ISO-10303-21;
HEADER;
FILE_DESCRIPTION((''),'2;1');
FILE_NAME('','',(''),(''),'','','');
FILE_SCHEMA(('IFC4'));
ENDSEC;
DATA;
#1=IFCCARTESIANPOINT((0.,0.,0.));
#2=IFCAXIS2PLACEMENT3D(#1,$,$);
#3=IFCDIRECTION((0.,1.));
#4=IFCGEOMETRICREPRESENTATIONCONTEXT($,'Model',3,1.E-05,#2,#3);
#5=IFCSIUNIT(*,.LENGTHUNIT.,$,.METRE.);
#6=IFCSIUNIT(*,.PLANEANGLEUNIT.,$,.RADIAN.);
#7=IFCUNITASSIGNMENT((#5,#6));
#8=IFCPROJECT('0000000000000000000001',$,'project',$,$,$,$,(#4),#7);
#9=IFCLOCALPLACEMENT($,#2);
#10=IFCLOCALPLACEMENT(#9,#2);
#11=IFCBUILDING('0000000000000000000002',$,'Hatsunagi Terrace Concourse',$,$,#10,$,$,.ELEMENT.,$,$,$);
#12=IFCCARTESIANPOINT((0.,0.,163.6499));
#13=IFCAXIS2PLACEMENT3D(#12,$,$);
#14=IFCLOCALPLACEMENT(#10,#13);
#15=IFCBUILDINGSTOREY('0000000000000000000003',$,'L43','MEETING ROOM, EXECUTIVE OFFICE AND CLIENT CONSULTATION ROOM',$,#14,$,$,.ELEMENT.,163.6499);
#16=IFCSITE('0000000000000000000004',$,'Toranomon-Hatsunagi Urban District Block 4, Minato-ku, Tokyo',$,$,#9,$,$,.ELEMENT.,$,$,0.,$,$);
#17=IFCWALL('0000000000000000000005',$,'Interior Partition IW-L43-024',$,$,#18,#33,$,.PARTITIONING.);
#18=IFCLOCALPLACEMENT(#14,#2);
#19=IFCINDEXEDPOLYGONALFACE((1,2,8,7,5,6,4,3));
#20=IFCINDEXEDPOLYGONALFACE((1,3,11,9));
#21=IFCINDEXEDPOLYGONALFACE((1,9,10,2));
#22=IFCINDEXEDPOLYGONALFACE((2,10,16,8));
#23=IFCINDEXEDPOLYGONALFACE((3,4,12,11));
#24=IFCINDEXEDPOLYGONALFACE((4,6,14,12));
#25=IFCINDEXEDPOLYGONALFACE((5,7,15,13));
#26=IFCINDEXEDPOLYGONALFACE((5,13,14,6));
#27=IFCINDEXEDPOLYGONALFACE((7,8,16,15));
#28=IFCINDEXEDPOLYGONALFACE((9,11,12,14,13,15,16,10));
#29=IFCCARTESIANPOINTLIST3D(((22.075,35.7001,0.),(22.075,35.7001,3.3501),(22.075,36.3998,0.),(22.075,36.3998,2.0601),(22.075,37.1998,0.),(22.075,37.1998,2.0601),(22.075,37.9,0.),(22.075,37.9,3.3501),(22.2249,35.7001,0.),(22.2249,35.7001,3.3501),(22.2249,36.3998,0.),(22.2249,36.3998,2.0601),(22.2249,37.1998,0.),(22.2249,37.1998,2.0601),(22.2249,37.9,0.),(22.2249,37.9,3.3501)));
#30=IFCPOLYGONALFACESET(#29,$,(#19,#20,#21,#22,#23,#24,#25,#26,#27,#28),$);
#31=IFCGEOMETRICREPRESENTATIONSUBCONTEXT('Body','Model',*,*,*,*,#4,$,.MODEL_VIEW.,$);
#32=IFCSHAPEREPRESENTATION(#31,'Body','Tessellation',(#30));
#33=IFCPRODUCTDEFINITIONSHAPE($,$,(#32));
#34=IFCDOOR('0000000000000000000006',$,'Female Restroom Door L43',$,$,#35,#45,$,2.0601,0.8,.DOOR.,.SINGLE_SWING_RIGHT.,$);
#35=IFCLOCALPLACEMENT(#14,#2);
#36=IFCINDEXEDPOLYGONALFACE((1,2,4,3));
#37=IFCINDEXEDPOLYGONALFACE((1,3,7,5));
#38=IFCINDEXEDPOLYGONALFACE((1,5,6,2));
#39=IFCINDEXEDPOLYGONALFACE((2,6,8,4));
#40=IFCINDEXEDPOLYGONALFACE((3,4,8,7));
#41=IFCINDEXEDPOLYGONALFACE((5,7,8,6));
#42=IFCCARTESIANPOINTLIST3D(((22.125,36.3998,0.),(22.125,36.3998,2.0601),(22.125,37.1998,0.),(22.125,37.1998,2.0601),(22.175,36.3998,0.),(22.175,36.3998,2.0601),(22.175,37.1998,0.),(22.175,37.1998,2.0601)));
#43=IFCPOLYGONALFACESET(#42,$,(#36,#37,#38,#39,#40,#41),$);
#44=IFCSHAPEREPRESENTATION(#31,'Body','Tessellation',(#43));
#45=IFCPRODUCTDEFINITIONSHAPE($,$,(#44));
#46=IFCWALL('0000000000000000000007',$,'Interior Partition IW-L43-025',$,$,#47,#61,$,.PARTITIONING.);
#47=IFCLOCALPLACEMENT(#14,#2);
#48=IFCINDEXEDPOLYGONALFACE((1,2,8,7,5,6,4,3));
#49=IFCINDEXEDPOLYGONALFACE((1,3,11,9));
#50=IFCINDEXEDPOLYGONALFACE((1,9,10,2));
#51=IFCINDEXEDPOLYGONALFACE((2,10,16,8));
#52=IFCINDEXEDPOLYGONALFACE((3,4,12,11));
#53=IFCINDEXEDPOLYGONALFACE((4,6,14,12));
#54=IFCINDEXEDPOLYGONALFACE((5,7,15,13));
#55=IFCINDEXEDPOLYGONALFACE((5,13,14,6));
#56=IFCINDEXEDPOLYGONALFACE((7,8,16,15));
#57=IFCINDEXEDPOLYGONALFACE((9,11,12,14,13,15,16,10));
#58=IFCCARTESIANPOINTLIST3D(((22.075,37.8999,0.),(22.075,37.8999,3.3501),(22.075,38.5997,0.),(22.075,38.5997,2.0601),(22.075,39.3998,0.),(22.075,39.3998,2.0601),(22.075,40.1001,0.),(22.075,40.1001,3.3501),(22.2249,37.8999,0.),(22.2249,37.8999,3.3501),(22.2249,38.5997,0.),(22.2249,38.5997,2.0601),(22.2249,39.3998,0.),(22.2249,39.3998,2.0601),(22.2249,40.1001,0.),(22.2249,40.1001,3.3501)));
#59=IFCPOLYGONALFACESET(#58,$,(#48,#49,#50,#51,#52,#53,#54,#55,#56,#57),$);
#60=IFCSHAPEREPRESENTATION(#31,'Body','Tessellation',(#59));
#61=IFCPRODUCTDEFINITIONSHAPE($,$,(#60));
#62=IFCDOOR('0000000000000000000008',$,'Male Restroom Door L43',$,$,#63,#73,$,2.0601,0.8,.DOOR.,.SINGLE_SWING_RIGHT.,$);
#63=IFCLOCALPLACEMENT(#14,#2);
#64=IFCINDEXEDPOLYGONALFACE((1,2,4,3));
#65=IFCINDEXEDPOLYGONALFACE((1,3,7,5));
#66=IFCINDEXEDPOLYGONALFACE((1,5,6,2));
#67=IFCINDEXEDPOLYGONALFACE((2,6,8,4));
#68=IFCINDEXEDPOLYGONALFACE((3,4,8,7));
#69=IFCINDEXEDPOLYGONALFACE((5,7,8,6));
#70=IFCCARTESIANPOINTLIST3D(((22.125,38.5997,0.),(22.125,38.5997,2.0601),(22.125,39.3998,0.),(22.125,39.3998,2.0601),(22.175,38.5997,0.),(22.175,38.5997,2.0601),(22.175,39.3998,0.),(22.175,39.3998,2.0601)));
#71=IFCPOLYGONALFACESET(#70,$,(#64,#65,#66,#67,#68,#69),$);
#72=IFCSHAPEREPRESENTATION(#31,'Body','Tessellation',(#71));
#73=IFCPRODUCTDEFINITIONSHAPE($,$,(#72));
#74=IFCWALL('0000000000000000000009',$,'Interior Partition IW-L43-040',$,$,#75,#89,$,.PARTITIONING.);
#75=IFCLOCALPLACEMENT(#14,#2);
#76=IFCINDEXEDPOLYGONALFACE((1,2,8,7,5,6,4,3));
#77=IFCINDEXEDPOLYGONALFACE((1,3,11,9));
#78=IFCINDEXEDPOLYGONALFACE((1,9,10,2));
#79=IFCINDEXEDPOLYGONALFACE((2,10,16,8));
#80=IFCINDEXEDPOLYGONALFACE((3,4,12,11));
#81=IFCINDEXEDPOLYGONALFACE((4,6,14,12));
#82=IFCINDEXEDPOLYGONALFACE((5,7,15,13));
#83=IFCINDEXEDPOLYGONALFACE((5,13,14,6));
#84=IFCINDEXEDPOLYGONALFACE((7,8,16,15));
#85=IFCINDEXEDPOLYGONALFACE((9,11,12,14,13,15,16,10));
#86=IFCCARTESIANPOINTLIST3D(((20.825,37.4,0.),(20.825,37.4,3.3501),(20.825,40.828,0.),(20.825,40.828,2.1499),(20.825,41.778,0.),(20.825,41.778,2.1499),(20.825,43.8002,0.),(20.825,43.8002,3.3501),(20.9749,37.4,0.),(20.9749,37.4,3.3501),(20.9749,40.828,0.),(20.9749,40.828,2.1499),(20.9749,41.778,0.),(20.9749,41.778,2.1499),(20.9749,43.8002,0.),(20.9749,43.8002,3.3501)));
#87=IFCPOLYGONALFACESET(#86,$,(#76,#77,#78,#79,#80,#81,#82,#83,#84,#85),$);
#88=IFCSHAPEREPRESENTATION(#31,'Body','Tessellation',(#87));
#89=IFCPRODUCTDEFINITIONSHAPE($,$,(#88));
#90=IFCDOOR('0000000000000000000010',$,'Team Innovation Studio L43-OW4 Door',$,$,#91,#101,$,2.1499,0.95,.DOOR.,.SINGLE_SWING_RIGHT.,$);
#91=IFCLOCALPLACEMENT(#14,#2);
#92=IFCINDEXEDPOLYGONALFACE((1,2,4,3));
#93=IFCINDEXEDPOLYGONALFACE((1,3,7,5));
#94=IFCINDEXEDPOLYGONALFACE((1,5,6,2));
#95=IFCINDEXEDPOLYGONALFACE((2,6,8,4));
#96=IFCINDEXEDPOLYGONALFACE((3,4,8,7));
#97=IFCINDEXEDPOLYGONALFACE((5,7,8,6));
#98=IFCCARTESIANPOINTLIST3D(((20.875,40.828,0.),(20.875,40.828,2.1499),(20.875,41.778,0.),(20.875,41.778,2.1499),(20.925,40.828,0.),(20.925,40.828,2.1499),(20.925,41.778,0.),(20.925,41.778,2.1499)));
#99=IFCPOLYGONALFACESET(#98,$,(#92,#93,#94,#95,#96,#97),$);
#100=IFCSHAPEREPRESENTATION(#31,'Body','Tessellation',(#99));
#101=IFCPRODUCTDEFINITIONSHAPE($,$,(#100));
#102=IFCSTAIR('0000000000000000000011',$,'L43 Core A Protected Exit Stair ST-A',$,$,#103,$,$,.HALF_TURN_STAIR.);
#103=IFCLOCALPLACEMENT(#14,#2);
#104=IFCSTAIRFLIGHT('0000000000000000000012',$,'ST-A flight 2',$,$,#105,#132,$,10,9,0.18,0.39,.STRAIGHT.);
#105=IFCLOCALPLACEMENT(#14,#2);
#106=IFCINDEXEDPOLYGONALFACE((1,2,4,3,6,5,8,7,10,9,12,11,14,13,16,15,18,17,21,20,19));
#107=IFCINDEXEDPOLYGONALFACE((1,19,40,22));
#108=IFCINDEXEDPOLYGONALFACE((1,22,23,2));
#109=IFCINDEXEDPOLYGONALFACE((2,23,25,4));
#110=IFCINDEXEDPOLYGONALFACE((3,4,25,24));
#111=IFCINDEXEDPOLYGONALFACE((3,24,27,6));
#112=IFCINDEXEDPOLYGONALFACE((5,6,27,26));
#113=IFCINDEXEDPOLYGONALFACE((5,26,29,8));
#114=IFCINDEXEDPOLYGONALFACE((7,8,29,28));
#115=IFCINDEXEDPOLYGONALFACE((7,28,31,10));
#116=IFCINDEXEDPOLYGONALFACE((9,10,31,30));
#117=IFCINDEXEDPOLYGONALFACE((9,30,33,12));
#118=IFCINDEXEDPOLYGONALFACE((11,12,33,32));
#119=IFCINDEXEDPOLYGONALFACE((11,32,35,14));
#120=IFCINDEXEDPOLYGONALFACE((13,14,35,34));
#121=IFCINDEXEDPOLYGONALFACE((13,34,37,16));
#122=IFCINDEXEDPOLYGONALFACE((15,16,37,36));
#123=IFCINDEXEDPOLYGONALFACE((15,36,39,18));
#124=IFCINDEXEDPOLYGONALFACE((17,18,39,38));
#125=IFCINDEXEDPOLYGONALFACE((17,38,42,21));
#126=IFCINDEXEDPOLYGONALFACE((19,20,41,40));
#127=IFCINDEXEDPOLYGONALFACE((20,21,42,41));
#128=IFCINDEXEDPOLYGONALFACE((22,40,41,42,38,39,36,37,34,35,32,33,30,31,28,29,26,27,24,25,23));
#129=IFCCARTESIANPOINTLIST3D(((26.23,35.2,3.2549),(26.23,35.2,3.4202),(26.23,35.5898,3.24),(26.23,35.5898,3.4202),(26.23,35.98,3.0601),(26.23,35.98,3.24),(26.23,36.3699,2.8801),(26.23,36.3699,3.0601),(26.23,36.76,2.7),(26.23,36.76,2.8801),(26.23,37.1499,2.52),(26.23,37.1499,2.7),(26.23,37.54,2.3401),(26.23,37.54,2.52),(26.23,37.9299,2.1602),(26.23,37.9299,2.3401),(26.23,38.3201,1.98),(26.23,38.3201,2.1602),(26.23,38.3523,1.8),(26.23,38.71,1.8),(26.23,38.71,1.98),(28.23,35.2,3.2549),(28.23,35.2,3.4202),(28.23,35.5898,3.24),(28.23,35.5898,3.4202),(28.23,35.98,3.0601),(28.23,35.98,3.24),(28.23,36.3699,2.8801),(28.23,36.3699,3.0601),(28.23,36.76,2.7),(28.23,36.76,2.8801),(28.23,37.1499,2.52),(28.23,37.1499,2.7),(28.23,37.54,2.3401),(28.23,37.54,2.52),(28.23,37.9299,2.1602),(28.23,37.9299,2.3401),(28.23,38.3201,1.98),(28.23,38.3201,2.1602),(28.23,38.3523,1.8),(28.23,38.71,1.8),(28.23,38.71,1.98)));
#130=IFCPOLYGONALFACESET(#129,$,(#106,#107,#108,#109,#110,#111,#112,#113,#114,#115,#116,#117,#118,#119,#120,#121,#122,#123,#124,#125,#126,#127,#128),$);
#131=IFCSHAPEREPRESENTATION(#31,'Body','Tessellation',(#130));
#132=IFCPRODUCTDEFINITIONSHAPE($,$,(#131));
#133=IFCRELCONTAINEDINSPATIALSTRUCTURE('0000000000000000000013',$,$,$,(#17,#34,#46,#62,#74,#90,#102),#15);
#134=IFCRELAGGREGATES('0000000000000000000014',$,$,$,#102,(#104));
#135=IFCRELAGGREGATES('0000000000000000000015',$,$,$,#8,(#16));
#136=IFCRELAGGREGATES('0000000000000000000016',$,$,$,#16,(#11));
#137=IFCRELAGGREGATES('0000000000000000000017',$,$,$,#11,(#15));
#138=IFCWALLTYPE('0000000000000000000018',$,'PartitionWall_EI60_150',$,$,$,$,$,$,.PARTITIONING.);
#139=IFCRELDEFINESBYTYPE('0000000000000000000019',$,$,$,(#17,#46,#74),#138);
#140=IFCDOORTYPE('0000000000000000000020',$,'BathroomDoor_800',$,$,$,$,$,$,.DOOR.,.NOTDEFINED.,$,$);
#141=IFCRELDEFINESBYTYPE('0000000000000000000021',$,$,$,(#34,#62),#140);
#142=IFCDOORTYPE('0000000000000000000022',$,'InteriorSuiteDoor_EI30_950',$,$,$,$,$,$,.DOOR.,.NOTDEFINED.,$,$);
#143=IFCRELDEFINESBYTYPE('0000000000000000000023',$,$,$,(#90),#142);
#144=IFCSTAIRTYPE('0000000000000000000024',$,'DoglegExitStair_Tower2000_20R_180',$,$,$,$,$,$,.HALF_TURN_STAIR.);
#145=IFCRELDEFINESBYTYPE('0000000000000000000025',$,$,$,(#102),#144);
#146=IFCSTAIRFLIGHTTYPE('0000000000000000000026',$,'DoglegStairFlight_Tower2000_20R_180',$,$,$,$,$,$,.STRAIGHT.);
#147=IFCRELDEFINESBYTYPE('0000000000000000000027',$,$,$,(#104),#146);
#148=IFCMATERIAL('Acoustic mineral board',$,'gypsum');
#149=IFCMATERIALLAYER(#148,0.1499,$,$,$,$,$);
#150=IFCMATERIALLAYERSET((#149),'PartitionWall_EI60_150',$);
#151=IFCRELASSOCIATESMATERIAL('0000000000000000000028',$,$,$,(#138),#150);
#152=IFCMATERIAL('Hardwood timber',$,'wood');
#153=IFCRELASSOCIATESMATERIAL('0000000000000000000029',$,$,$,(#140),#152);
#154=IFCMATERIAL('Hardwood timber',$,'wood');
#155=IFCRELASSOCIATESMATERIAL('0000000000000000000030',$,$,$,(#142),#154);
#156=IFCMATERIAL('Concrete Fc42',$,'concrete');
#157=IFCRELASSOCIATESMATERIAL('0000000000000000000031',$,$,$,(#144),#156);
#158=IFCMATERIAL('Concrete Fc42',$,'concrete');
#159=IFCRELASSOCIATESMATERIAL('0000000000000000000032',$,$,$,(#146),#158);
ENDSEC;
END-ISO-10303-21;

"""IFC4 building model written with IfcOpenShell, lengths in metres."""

from ifc_helpers import new_model, si_unit, direction, frame, frame_2d, origin, place, context, subcontext, project, spatial, polyline, rectangle, outline, extrude, material, layer, layer_set, type_object, element, fill, aggregate, save


model = new_model("IFC4")

# Units and contexts
model_context = context("Model", 3, precision=1e-05, world=origin(), true_north=direction((0.0, 1.0)))
body_context = subcontext(model_context, "Body", "Model", "MODEL_VIEW")
ifc_project = project(units=[si_unit("LENGTHUNIT", "METRE"), si_unit("PLANEANGLEUNIT", "RADIAN")], contexts=[model_context])

# Site, building, storey
site_placement = place(None, origin())
site = spatial("IfcSite", under=ifc_project, at=site_placement, Name="Toranomon-Hatsunagi Urban District Block 4, Minato-ku, Tokyo", CompositionType="ELEMENT", RefElevation=0.0)
building_placement = place(site_placement, origin())
building = spatial("IfcBuilding", under=site, at=building_placement, Name="Hatsunagi Terrace Concourse", CompositionType="ELEMENT")
storey_placement = place(building_placement, frame((0.0, 0.0, 163.6499)))
storey = spatial("IfcBuildingStorey", under=building, at=storey_placement, Name="L43", Description="MEETING ROOM, EXECUTIVE OFFICE AND CLIENT CONSULTATION ROOM", CompositionType="ELEMENT", Elevation=163.6499)

# Shared definitions
ifc_material_1 = material(Name="Acoustic mineral board", Category="gypsum")
ifc_layer_1 = layer(ifc_material_1, 0.1499)
ifc_layer_set_1 = layer_set([ifc_layer_1], Name="PartitionWall_EI60_150")
wall_type_1 = type_object("IfcWallType", Name="PartitionWall_EI60_150", PredefinedType="PARTITIONING", material=ifc_layer_set_1)

# Walls, openings, doors
ifc_material_2 = material(Name="Hardwood timber", Category="wood")
door_type_1 = type_object("IfcDoorType", Name="BathroomDoor_800", OperationType="NOTDEFINED", PredefinedType="DOOR", material=ifc_material_2)
wall_1_placement = place(storey_placement, frame((22.1499, 35.7, 0.0), z_axis=(0.0, 0.0, 1.0), x_axis=(0.0, 1.0, 0.0)))
wall_1 = element("IfcWall", 1, at=wall_1_placement, inside=storey, type_object=wall_type_1, Name="Interior Partition IW-L43-024", PredefinedType="PARTITIONING", context=body_context, shape_type="SweptSolid", body=[
    extrude(rectangle(XDim=2.2, YDim=0.1499, at=frame_2d((1.1001, 0.0))), origin(), (0.0, 0.0, 1.0), 3.3501),
])
opening_1_placement = place(wall_1_placement, frame((0.7, 0.0, 0.0)))
opening_1 = element("IfcOpeningElement", 2, at=opening_1_placement, cuts=wall_1, PredefinedType="OPENING", context=body_context, shape_type="SweptSolid", body=[
    extrude(rectangle(XDim=0.8, YDim=2.0601, at=frame_2d((0.3999, 1.03))), frame((0.0, 0.085, 0.0), z_axis=(0.0, -1.0, 0.0), x_axis=(1.0, 0.0, 0.0)), (0.0, 0.0, 1.0), 0.1699),
])
door_1_placement = place(opening_1_placement, origin())
door_1 = element("IfcDoor", 3, at=door_1_placement, inside=storey, type_object=door_type_1, Name="Female Restroom Door L43", OperationType="SINGLE_SWING_RIGHT", OverallHeight=2.0601, OverallWidth=0.8, PredefinedType="DOOR", context=body_context, shape_type="SweptSolid", body=[
    extrude(rectangle(XDim=0.8, YDim=2.0601, at=frame_2d((0.3999, 1.03))), frame((0.0, 0.0249, 0.0), z_axis=(0.0, -1.0, 0.0), x_axis=(1.0, 0.0, 0.0)), (0.0, 0.0, 1.0), 0.05),
])
fill(opening_1, door_1)
wall_2_placement = place(storey_placement, frame((22.1499, 37.8999, 0.0), z_axis=(0.0, 0.0, 1.0), x_axis=(0.0, 1.0, 0.0)))
wall_2 = element("IfcWall", 4, at=wall_2_placement, inside=storey, type_object=wall_type_1, Name="Interior Partition IW-L43-025", PredefinedType="PARTITIONING", context=body_context, shape_type="SweptSolid", body=[
    extrude(rectangle(XDim=2.2002, YDim=0.1499, at=frame_2d((1.1001, 0.0))), origin(), (0.0, 0.0, 1.0), 3.3501),
])
opening_2_placement = place(wall_2_placement, frame((0.7, 0.0, 0.0)))
opening_2 = element("IfcOpeningElement", 5, at=opening_2_placement, cuts=wall_2, PredefinedType="OPENING", context=body_context, shape_type="SweptSolid", body=[
    extrude(rectangle(XDim=0.8, YDim=2.0601, at=frame_2d((0.3999, 1.03))), frame((0.0, 0.085, 0.0), z_axis=(0.0, -1.0, 0.0), x_axis=(1.0, 0.0, 0.0)), (0.0, 0.0, 1.0), 0.1699),
])
door_2_placement = place(opening_2_placement, origin())
door_2 = element("IfcDoor", 6, at=door_2_placement, inside=storey, type_object=door_type_1, Name="Male Restroom Door L43", OperationType="SINGLE_SWING_RIGHT", OverallHeight=2.0601, OverallWidth=0.8, PredefinedType="DOOR", context=body_context, shape_type="SweptSolid", body=[
    extrude(rectangle(XDim=0.8, YDim=2.0601, at=frame_2d((0.3999, 1.03))), frame((0.0, 0.0249, 0.0), z_axis=(0.0, -1.0, 0.0), x_axis=(1.0, 0.0, 0.0)), (0.0, 0.0, 1.0), 0.05),
])
fill(opening_2, door_2)
wall_3_placement = place(storey_placement, frame((20.8999, 37.3999, 0.0), z_axis=(0.0, 0.0, 1.0), x_axis=(0.0, 1.0, 0.0)))
wall_3 = element("IfcWall", 7, at=wall_3_placement, inside=storey, type_object=wall_type_1, Name="Interior Partition IW-L43-040", PredefinedType="PARTITIONING", context=body_context, shape_type="SweptSolid", body=[
    extrude(rectangle(XDim=6.4001, YDim=0.1499, at=frame_2d((3.2002, 0.0))), origin(), (0.0, 0.0, 1.0), 3.3501),
])
opening_3_placement = place(wall_3_placement, frame((3.428, 0.0, 0.0)))
opening_3 = element("IfcOpeningElement", 8, at=opening_3_placement, cuts=wall_3, PredefinedType="OPENING", context=body_context, shape_type="SweptSolid", body=[
    extrude(rectangle(XDim=0.95, YDim=2.1499, at=frame_2d((0.4751, 1.075))), frame((0.0, 0.085, 0.0), z_axis=(0.0, -1.0, 0.0), x_axis=(1.0, 0.0, 0.0)), (0.0, 0.0, 1.0), 0.1699),
])
ifc_material_3 = material(Name="Hardwood timber", Category="wood")
door_type_2 = type_object("IfcDoorType", Name="InteriorSuiteDoor_EI30_950", OperationType="NOTDEFINED", PredefinedType="DOOR", material=ifc_material_3)
door_3_placement = place(opening_3_placement, origin())
door_3 = element("IfcDoor", 9, at=door_3_placement, inside=storey, type_object=door_type_2, Name="Team Innovation Studio L43-OW4 Door", OperationType="SINGLE_SWING_RIGHT", OverallHeight=2.1499, OverallWidth=0.95, PredefinedType="DOOR", context=body_context, shape_type="SweptSolid", body=[
    extrude(rectangle(XDim=0.95, YDim=2.1499, at=frame_2d((0.4751, 1.075))), frame((0.0, 0.0249, 0.0), z_axis=(0.0, -1.0, 0.0), x_axis=(1.0, 0.0, 0.0)), (0.0, 0.0, 1.0), 0.05),
])
fill(opening_3, door_3)

# Stair, stair flight
ifc_material_4 = material(Name="Concrete Fc42", Category="concrete")
stair_type = type_object("IfcStairType", Name="DoglegExitStair_Tower2000_20R_180", PredefinedType="HALF_TURN_STAIR", material=ifc_material_4)
stair_placement = place(storey_placement, origin())
stair = element("IfcStair", 10, at=stair_placement, inside=storey, type_object=stair_type, Name="L43 Core A Protected Exit Stair ST-A", PredefinedType="HALF_TURN_STAIR")
ifc_material_5 = material(Name="Concrete Fc42", Category="concrete")
stair_flight_type = type_object("IfcStairFlightType", Name="DoglegStairFlight_Tower2000_20R_180", PredefinedType="STRAIGHT", material=ifc_material_5)
stair_flight_placement = place(storey_placement, frame((27.23, 38.71, 1.8), z_axis=(0.0, 0.0, 1.0), x_axis=(0.0, -1.0, 0.0)))
stair_flight = element("IfcStairFlight", 11, at=stair_flight_placement, type_object=stair_flight_type, Name="ST-A flight 2", NumberOfRisers=10, NumberOfTreads=9, PredefinedType="STRAIGHT", RiserHeight=0.18, TreadLength=0.39, context=body_context, shape_type="SweptSolid", body=[
    extrude(outline(polyline([(0.0, 0.0), (0.0, 0.1799), (0.3899, 0.1799), (0.3899, 0.3601), (0.78, 0.3601), (0.78, 0.54), (1.1699, 0.54), (1.1699, 0.72), (1.5601, 0.72), (1.5601, 0.8999), (1.95, 0.8999), (1.95, 1.0801), (2.3401, 1.0801), (2.3401, 1.26), (2.73, 1.26), (2.73, 1.4399), (3.1201, 1.4399), (3.1201, 1.6201), (3.51, 1.6201), (3.51, 1.8), (3.51, 1.4548), (0.3577, 0.0), (0.0, 0.0)])), frame((0.0, 1.0, 0.0), z_axis=(0.0, -1.0, 0.0), x_axis=(1.0, 0.0, 0.0)), (0.0, 0.0, 1.0), 2.0),
])
aggregate(stair, [stair_flight])

save(model, "model.ifc")
